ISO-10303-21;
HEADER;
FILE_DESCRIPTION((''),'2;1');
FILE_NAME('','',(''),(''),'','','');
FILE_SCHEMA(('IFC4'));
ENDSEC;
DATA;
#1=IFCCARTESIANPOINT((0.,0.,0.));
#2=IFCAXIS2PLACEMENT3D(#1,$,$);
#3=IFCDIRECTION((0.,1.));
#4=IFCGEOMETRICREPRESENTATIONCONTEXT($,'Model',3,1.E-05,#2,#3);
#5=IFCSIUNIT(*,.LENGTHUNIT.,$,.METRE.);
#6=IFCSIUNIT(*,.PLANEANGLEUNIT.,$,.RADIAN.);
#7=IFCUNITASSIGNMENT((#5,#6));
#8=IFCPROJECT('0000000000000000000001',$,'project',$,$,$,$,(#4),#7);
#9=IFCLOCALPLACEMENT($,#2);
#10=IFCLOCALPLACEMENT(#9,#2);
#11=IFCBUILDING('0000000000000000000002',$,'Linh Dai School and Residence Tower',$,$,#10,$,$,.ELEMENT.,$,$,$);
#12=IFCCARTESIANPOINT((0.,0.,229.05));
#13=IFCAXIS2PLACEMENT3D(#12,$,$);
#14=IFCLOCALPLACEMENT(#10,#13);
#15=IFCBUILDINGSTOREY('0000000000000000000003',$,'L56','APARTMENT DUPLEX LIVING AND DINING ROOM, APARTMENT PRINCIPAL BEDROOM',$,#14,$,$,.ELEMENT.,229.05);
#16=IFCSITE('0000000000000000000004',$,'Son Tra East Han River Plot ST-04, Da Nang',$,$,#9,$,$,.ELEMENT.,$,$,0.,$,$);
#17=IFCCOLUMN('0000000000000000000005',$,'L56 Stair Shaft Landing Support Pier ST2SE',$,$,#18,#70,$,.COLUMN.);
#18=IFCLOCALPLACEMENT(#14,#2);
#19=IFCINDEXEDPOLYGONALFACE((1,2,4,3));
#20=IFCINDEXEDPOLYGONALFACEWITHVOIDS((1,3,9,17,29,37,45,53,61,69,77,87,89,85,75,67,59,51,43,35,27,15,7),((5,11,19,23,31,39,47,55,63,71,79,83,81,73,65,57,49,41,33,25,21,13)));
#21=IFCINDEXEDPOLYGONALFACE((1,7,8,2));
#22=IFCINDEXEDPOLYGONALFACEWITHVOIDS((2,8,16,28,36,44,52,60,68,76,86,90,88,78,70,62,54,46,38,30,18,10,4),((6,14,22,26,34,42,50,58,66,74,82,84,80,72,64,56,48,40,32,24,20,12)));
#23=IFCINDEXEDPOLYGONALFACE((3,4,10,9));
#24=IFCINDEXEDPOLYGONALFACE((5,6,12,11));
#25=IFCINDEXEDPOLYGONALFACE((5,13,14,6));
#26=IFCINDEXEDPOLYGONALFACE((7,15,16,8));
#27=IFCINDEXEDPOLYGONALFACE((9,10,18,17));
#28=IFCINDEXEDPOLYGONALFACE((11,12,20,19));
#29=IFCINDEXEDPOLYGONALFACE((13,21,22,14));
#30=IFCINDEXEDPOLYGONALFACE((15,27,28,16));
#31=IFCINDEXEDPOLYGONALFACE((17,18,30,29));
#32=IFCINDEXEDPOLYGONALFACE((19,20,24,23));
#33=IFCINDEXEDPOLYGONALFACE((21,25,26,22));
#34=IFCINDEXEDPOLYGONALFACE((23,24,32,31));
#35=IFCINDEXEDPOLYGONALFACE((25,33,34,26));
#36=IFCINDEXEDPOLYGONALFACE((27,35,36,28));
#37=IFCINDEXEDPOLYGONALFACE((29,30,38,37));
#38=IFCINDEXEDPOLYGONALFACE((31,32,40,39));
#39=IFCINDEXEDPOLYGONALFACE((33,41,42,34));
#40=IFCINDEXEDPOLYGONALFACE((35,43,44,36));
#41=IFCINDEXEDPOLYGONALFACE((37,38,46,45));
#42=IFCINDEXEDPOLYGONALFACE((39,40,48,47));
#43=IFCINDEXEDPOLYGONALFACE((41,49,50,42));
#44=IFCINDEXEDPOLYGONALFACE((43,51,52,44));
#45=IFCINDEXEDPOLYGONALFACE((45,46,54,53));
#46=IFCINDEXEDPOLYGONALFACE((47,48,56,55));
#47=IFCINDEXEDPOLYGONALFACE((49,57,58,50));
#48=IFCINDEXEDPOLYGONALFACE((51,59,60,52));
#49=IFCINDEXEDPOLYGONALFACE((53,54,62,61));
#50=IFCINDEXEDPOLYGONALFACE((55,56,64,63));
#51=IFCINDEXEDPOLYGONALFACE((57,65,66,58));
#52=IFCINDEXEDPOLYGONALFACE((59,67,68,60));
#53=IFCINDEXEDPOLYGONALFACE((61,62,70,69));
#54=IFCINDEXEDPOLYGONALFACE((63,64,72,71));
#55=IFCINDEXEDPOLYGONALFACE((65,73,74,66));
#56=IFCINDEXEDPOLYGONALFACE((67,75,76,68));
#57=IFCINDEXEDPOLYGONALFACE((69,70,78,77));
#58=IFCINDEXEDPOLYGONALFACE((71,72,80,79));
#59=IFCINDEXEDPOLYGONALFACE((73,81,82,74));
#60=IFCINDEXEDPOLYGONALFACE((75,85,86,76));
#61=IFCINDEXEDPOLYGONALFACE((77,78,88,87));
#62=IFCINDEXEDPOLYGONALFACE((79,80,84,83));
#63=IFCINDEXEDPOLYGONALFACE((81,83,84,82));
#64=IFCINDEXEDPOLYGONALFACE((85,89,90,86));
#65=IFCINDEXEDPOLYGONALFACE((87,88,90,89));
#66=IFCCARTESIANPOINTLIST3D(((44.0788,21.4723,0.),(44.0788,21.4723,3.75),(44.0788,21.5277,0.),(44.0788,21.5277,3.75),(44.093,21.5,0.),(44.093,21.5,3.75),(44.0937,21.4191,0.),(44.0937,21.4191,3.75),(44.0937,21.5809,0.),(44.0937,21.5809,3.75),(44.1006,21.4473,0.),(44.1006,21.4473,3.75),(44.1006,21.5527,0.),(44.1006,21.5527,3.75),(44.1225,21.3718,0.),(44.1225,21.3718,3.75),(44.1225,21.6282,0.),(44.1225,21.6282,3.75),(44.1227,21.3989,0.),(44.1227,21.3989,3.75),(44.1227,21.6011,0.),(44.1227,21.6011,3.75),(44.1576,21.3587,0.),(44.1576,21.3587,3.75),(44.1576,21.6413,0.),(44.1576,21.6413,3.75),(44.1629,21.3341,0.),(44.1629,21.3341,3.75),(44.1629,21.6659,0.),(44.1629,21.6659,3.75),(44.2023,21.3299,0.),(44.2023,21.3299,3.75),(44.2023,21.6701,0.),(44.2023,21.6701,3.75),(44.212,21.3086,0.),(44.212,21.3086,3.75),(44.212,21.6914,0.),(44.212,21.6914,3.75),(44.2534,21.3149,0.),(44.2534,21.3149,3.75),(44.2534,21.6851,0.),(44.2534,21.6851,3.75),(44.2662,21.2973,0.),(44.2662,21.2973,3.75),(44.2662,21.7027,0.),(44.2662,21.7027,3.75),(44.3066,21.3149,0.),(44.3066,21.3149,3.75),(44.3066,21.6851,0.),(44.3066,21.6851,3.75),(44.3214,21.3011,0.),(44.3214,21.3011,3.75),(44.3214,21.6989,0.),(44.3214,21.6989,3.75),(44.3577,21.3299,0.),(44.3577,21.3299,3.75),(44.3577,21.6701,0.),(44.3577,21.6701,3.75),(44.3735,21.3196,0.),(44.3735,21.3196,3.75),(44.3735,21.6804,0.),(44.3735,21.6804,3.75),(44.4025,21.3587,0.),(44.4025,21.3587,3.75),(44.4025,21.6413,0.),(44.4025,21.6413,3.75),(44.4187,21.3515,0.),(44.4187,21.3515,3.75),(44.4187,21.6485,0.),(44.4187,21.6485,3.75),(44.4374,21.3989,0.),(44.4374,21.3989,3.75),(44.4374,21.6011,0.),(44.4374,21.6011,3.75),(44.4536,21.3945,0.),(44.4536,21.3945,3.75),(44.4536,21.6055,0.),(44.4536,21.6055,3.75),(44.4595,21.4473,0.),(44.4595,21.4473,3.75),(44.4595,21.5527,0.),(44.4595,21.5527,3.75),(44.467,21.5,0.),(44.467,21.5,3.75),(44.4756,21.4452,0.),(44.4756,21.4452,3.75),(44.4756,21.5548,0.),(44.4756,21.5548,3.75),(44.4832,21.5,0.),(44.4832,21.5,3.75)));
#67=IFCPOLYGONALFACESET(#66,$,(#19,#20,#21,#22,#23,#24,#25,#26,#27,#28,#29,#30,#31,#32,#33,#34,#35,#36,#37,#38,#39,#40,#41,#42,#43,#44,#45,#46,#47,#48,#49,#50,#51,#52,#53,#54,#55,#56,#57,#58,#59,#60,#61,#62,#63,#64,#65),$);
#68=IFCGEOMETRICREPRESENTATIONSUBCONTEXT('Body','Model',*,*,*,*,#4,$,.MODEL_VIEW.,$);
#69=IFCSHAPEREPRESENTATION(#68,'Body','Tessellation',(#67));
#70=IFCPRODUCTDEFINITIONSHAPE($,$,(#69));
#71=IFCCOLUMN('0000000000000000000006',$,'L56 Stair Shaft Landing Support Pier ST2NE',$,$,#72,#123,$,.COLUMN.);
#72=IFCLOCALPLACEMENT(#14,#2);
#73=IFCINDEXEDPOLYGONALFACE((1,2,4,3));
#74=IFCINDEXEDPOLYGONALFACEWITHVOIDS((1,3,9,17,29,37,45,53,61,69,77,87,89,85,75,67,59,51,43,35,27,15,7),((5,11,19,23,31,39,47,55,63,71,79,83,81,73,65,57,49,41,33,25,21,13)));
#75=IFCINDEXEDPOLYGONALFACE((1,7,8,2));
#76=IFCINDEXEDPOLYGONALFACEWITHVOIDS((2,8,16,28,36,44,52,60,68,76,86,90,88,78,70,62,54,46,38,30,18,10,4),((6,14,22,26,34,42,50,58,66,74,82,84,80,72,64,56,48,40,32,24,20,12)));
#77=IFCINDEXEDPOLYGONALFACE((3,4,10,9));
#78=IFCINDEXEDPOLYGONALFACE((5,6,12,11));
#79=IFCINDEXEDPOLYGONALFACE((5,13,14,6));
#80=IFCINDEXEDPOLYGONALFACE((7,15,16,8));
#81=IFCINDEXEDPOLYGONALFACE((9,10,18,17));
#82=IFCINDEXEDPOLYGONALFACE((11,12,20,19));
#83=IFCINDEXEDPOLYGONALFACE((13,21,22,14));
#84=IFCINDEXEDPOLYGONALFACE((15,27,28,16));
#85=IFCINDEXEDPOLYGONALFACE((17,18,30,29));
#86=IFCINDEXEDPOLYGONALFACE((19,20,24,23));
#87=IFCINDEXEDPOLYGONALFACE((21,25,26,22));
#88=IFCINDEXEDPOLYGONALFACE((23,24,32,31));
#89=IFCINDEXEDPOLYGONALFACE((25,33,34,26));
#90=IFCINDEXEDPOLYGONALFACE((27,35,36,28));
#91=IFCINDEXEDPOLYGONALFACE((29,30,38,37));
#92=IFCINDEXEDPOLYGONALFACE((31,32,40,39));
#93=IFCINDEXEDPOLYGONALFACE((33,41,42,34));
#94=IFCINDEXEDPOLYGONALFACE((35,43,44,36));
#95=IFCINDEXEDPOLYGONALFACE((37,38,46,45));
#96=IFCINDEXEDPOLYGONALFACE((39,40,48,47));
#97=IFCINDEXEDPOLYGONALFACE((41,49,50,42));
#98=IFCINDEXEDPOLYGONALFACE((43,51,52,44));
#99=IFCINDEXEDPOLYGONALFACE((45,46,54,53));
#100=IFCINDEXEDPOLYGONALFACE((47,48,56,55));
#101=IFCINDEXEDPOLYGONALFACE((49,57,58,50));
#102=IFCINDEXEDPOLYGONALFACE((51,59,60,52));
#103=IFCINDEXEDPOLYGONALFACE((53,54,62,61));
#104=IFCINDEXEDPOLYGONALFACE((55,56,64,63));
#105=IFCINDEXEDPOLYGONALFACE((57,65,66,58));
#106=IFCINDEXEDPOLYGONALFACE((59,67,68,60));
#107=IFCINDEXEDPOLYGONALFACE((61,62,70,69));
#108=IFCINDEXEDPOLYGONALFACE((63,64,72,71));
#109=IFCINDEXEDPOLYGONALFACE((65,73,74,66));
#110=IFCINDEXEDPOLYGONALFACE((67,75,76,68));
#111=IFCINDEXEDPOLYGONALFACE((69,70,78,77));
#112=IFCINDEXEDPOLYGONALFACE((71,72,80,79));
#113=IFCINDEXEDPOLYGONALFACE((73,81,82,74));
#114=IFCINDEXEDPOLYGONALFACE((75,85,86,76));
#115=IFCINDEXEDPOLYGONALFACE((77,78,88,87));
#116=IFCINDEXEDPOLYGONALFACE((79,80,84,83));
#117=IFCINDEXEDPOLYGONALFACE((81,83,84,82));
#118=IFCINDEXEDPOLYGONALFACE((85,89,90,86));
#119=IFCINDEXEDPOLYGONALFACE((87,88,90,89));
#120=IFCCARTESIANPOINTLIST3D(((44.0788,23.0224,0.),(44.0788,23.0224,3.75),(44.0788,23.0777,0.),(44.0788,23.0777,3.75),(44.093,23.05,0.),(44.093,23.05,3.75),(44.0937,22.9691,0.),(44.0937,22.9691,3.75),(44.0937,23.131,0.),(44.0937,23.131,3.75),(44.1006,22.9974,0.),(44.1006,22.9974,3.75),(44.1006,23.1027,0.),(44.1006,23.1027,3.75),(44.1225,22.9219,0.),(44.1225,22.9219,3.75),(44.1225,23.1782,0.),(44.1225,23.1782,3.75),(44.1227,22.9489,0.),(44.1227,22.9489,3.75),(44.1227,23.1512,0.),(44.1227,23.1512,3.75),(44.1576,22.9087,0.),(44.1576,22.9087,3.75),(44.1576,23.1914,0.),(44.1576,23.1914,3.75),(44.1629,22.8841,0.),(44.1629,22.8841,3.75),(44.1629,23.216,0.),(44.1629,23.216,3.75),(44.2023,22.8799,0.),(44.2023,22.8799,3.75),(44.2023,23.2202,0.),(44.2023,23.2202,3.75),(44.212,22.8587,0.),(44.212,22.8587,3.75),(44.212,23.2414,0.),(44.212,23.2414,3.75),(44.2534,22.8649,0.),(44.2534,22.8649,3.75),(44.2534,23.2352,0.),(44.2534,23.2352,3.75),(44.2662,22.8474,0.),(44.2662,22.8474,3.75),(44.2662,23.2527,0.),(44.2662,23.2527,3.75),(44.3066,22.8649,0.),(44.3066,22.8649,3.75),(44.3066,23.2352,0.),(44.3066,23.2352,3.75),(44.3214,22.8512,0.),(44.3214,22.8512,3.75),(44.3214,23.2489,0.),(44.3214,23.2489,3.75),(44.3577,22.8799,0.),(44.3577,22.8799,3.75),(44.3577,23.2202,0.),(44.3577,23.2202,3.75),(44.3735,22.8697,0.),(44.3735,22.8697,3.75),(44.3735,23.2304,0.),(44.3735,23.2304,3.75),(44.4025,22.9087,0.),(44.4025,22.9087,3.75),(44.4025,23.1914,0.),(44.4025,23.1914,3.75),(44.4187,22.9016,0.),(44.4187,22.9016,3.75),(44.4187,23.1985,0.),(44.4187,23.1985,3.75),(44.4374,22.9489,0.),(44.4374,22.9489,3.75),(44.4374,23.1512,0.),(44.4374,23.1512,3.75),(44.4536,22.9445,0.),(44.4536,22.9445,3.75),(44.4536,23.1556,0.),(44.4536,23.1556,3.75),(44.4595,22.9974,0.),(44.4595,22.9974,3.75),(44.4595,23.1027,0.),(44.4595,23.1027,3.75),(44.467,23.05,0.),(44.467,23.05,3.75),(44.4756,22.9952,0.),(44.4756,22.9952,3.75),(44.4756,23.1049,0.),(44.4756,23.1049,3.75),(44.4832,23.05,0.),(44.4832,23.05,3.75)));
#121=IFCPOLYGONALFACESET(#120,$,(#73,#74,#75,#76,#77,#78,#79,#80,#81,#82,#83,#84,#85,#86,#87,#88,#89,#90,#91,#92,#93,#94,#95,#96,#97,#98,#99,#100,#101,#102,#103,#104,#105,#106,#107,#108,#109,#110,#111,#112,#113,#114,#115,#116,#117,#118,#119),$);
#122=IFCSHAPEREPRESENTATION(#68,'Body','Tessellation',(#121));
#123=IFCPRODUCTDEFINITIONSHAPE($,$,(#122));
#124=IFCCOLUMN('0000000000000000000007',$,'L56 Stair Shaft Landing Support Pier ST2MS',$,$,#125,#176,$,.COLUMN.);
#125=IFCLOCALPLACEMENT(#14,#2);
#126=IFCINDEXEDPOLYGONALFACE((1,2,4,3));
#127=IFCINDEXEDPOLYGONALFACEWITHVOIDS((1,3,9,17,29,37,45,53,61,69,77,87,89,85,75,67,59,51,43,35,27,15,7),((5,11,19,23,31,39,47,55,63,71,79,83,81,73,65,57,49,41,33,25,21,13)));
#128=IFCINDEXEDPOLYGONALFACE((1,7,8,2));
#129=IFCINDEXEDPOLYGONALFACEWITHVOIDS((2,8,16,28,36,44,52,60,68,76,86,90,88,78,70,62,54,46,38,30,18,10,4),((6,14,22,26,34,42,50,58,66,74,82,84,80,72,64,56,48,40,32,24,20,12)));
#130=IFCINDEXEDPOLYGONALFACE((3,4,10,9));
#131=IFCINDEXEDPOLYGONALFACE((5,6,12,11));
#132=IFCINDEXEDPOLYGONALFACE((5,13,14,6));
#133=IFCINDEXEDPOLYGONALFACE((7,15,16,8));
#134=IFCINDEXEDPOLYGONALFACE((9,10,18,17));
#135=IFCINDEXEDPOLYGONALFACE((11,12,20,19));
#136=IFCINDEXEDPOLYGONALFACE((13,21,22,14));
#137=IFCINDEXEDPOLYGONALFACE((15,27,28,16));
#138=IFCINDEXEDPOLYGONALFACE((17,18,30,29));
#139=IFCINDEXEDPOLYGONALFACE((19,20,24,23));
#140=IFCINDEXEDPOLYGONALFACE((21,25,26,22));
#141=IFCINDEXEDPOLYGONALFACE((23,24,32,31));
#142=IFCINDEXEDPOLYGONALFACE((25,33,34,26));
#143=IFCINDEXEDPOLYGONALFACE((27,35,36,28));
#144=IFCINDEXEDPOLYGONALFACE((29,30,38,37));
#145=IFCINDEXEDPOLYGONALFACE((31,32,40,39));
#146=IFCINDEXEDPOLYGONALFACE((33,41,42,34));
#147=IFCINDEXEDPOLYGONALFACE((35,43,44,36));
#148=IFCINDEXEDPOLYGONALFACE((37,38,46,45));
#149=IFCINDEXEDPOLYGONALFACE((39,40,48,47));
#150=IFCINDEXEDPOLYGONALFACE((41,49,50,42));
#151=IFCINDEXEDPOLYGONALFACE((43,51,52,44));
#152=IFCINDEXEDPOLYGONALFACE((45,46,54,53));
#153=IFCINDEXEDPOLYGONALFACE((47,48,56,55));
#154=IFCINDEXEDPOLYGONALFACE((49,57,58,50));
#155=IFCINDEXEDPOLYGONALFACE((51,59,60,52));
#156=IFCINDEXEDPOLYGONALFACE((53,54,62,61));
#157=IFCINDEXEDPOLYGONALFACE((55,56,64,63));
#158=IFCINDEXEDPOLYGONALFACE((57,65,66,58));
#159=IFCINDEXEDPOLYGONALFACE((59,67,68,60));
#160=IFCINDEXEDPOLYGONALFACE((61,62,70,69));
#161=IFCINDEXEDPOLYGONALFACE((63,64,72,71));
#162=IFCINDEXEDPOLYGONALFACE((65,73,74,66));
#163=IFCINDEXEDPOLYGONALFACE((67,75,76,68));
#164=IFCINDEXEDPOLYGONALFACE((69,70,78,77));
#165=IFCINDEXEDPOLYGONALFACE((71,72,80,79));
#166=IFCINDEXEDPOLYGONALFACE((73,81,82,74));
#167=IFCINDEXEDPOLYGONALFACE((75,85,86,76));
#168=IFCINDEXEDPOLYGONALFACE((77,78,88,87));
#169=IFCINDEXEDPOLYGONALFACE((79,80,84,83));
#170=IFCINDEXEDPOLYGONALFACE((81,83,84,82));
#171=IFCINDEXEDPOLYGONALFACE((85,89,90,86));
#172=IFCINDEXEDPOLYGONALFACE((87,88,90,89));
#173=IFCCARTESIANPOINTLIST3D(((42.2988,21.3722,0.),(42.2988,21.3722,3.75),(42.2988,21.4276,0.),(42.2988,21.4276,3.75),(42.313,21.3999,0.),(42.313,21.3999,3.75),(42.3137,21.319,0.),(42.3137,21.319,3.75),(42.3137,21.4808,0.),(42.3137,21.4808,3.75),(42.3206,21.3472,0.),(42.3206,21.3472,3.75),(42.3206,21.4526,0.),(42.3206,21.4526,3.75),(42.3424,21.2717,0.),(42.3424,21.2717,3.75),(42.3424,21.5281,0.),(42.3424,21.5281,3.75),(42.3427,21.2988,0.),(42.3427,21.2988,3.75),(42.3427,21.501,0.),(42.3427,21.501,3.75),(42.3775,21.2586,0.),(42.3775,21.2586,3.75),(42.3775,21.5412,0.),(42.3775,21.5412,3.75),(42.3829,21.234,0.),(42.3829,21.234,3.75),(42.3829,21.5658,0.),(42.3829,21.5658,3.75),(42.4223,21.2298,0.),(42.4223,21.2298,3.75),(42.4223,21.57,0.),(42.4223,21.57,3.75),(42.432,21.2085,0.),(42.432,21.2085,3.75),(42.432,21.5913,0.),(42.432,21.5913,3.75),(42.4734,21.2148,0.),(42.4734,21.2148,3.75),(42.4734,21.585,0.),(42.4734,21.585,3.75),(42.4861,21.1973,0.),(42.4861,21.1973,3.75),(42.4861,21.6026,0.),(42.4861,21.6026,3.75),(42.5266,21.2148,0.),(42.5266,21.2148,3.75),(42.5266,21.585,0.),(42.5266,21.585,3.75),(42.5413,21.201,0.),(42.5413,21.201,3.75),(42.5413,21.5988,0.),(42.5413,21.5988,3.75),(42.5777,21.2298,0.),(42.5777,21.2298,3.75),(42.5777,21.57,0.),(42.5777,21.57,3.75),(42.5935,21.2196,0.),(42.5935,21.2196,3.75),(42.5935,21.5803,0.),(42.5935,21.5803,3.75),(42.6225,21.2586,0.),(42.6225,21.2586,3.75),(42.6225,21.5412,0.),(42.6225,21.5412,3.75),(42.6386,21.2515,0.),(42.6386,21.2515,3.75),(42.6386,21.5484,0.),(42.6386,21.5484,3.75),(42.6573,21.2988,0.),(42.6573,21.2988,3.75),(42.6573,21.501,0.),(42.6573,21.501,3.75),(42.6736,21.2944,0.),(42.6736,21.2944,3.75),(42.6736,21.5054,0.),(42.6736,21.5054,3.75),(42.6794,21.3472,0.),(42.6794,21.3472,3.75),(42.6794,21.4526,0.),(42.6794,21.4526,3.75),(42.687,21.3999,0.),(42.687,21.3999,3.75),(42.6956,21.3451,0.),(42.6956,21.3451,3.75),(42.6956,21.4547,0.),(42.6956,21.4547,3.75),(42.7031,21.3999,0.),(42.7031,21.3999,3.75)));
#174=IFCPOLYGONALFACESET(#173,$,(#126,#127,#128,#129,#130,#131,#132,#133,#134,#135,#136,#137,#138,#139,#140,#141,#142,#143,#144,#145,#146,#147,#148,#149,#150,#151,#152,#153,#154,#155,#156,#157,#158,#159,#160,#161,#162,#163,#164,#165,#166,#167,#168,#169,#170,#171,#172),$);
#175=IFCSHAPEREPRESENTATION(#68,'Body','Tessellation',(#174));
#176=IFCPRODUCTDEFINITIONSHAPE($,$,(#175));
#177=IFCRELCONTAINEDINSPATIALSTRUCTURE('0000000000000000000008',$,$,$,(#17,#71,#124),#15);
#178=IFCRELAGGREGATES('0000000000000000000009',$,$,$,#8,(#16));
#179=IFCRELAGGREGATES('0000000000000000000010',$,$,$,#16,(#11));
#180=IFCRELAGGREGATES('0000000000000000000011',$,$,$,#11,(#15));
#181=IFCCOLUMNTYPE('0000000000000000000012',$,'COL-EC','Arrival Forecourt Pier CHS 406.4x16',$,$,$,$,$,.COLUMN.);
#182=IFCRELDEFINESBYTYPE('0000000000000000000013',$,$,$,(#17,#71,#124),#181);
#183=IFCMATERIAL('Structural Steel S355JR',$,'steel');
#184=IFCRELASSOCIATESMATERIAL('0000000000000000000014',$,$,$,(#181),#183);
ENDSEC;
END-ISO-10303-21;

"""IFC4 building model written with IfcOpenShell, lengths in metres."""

from ifc_helpers import new_model, si_unit, direction, frame, origin, origin_2d, place, context, subcontext, project, spatial, hollow_circle, extrude, material, material_profile, profile_set, type_object, element, save


model = new_model("IFC4")

# Units and contexts
model_context = context("Model", 3, precision=1e-05, world=origin(), true_north=direction((0.0, 1.0)))
body_context = subcontext(model_context, "Body", "Model", "MODEL_VIEW")
ifc_project = project(units=[si_unit("LENGTHUNIT", "METRE"), si_unit("PLANEANGLEUNIT", "RADIAN")], contexts=[model_context])

# Site, building, storey
site_placement = place(None, origin())
site = spatial("IfcSite", under=ifc_project, at=site_placement, Name="Son Tra East Han River Plot ST-04, Da Nang", CompositionType="ELEMENT", RefElevation=0.0)
building_placement = place(site_placement, origin())
building = spatial("IfcBuilding", under=site, at=building_placement, Name="Linh Dai School and Residence Tower", CompositionType="ELEMENT")
storey_placement = place(building_placement, frame((0.0, 0.0, 229.05)))
storey = spatial("IfcBuildingStorey", under=building, at=storey_placement, Name="L56", Description="APARTMENT DUPLEX LIVING AND DINING ROOM, APARTMENT PRINCIPAL BEDROOM", CompositionType="ELEMENT", Elevation=229.05)

# Columns
ifc_material_1 = material(Name="Structural Steel S355JR", Category="steel")
ifc_material_profile_1 = material_profile(ifc_material_1, hollow_circle(Radius=0.2031, WallThickness=0.0161, at=origin_2d()), Name="CHS 406.4x16")
ifc_profile_set_1 = profile_set([ifc_material_profile_1], Name="Structural Steel S355JR")
column_type_1 = type_object("IfcColumnType", Name="COL-EC", Description="Arrival Forecourt Pier CHS 406.4x16", PredefinedType="COLUMN", material=ifc_profile_set_1)
for number, where, z_axis, x_axis, name in (
    (1, (44.28, 21.5, 0.0), (0.0, 0.0, 1.0), (1.0, 0.0, 0.0), "L56 Stair Shaft Landing Support Pier ST2SE"),
    (2, (44.28, 23.05, 0.0), (0.0, 0.0, 1.0), (1.0, 0.0, 0.0), "L56 Stair Shaft Landing Support Pier ST2NE"),
    (3, (42.5, 21.3999, 0.0), (0.0, 0.0, 1.0), (1.0, 0.0, 0.0), "L56 Stair Shaft Landing Support Pier ST2MS"),
):
    element("IfcColumn", number, at=place(storey_placement, frame(where, z_axis=z_axis, x_axis=x_axis)), inside=storey, type_object=column_type_1, Name=name, PredefinedType="COLUMN", context=body_context, shape_type="SweptSolid", body=[
        extrude(hollow_circle(Radius=0.2031, WallThickness=0.0161, at=origin_2d()), origin(), (0.0, 0.0, 1.0), 3.75),
    ])

save(model, "model.ifc")
